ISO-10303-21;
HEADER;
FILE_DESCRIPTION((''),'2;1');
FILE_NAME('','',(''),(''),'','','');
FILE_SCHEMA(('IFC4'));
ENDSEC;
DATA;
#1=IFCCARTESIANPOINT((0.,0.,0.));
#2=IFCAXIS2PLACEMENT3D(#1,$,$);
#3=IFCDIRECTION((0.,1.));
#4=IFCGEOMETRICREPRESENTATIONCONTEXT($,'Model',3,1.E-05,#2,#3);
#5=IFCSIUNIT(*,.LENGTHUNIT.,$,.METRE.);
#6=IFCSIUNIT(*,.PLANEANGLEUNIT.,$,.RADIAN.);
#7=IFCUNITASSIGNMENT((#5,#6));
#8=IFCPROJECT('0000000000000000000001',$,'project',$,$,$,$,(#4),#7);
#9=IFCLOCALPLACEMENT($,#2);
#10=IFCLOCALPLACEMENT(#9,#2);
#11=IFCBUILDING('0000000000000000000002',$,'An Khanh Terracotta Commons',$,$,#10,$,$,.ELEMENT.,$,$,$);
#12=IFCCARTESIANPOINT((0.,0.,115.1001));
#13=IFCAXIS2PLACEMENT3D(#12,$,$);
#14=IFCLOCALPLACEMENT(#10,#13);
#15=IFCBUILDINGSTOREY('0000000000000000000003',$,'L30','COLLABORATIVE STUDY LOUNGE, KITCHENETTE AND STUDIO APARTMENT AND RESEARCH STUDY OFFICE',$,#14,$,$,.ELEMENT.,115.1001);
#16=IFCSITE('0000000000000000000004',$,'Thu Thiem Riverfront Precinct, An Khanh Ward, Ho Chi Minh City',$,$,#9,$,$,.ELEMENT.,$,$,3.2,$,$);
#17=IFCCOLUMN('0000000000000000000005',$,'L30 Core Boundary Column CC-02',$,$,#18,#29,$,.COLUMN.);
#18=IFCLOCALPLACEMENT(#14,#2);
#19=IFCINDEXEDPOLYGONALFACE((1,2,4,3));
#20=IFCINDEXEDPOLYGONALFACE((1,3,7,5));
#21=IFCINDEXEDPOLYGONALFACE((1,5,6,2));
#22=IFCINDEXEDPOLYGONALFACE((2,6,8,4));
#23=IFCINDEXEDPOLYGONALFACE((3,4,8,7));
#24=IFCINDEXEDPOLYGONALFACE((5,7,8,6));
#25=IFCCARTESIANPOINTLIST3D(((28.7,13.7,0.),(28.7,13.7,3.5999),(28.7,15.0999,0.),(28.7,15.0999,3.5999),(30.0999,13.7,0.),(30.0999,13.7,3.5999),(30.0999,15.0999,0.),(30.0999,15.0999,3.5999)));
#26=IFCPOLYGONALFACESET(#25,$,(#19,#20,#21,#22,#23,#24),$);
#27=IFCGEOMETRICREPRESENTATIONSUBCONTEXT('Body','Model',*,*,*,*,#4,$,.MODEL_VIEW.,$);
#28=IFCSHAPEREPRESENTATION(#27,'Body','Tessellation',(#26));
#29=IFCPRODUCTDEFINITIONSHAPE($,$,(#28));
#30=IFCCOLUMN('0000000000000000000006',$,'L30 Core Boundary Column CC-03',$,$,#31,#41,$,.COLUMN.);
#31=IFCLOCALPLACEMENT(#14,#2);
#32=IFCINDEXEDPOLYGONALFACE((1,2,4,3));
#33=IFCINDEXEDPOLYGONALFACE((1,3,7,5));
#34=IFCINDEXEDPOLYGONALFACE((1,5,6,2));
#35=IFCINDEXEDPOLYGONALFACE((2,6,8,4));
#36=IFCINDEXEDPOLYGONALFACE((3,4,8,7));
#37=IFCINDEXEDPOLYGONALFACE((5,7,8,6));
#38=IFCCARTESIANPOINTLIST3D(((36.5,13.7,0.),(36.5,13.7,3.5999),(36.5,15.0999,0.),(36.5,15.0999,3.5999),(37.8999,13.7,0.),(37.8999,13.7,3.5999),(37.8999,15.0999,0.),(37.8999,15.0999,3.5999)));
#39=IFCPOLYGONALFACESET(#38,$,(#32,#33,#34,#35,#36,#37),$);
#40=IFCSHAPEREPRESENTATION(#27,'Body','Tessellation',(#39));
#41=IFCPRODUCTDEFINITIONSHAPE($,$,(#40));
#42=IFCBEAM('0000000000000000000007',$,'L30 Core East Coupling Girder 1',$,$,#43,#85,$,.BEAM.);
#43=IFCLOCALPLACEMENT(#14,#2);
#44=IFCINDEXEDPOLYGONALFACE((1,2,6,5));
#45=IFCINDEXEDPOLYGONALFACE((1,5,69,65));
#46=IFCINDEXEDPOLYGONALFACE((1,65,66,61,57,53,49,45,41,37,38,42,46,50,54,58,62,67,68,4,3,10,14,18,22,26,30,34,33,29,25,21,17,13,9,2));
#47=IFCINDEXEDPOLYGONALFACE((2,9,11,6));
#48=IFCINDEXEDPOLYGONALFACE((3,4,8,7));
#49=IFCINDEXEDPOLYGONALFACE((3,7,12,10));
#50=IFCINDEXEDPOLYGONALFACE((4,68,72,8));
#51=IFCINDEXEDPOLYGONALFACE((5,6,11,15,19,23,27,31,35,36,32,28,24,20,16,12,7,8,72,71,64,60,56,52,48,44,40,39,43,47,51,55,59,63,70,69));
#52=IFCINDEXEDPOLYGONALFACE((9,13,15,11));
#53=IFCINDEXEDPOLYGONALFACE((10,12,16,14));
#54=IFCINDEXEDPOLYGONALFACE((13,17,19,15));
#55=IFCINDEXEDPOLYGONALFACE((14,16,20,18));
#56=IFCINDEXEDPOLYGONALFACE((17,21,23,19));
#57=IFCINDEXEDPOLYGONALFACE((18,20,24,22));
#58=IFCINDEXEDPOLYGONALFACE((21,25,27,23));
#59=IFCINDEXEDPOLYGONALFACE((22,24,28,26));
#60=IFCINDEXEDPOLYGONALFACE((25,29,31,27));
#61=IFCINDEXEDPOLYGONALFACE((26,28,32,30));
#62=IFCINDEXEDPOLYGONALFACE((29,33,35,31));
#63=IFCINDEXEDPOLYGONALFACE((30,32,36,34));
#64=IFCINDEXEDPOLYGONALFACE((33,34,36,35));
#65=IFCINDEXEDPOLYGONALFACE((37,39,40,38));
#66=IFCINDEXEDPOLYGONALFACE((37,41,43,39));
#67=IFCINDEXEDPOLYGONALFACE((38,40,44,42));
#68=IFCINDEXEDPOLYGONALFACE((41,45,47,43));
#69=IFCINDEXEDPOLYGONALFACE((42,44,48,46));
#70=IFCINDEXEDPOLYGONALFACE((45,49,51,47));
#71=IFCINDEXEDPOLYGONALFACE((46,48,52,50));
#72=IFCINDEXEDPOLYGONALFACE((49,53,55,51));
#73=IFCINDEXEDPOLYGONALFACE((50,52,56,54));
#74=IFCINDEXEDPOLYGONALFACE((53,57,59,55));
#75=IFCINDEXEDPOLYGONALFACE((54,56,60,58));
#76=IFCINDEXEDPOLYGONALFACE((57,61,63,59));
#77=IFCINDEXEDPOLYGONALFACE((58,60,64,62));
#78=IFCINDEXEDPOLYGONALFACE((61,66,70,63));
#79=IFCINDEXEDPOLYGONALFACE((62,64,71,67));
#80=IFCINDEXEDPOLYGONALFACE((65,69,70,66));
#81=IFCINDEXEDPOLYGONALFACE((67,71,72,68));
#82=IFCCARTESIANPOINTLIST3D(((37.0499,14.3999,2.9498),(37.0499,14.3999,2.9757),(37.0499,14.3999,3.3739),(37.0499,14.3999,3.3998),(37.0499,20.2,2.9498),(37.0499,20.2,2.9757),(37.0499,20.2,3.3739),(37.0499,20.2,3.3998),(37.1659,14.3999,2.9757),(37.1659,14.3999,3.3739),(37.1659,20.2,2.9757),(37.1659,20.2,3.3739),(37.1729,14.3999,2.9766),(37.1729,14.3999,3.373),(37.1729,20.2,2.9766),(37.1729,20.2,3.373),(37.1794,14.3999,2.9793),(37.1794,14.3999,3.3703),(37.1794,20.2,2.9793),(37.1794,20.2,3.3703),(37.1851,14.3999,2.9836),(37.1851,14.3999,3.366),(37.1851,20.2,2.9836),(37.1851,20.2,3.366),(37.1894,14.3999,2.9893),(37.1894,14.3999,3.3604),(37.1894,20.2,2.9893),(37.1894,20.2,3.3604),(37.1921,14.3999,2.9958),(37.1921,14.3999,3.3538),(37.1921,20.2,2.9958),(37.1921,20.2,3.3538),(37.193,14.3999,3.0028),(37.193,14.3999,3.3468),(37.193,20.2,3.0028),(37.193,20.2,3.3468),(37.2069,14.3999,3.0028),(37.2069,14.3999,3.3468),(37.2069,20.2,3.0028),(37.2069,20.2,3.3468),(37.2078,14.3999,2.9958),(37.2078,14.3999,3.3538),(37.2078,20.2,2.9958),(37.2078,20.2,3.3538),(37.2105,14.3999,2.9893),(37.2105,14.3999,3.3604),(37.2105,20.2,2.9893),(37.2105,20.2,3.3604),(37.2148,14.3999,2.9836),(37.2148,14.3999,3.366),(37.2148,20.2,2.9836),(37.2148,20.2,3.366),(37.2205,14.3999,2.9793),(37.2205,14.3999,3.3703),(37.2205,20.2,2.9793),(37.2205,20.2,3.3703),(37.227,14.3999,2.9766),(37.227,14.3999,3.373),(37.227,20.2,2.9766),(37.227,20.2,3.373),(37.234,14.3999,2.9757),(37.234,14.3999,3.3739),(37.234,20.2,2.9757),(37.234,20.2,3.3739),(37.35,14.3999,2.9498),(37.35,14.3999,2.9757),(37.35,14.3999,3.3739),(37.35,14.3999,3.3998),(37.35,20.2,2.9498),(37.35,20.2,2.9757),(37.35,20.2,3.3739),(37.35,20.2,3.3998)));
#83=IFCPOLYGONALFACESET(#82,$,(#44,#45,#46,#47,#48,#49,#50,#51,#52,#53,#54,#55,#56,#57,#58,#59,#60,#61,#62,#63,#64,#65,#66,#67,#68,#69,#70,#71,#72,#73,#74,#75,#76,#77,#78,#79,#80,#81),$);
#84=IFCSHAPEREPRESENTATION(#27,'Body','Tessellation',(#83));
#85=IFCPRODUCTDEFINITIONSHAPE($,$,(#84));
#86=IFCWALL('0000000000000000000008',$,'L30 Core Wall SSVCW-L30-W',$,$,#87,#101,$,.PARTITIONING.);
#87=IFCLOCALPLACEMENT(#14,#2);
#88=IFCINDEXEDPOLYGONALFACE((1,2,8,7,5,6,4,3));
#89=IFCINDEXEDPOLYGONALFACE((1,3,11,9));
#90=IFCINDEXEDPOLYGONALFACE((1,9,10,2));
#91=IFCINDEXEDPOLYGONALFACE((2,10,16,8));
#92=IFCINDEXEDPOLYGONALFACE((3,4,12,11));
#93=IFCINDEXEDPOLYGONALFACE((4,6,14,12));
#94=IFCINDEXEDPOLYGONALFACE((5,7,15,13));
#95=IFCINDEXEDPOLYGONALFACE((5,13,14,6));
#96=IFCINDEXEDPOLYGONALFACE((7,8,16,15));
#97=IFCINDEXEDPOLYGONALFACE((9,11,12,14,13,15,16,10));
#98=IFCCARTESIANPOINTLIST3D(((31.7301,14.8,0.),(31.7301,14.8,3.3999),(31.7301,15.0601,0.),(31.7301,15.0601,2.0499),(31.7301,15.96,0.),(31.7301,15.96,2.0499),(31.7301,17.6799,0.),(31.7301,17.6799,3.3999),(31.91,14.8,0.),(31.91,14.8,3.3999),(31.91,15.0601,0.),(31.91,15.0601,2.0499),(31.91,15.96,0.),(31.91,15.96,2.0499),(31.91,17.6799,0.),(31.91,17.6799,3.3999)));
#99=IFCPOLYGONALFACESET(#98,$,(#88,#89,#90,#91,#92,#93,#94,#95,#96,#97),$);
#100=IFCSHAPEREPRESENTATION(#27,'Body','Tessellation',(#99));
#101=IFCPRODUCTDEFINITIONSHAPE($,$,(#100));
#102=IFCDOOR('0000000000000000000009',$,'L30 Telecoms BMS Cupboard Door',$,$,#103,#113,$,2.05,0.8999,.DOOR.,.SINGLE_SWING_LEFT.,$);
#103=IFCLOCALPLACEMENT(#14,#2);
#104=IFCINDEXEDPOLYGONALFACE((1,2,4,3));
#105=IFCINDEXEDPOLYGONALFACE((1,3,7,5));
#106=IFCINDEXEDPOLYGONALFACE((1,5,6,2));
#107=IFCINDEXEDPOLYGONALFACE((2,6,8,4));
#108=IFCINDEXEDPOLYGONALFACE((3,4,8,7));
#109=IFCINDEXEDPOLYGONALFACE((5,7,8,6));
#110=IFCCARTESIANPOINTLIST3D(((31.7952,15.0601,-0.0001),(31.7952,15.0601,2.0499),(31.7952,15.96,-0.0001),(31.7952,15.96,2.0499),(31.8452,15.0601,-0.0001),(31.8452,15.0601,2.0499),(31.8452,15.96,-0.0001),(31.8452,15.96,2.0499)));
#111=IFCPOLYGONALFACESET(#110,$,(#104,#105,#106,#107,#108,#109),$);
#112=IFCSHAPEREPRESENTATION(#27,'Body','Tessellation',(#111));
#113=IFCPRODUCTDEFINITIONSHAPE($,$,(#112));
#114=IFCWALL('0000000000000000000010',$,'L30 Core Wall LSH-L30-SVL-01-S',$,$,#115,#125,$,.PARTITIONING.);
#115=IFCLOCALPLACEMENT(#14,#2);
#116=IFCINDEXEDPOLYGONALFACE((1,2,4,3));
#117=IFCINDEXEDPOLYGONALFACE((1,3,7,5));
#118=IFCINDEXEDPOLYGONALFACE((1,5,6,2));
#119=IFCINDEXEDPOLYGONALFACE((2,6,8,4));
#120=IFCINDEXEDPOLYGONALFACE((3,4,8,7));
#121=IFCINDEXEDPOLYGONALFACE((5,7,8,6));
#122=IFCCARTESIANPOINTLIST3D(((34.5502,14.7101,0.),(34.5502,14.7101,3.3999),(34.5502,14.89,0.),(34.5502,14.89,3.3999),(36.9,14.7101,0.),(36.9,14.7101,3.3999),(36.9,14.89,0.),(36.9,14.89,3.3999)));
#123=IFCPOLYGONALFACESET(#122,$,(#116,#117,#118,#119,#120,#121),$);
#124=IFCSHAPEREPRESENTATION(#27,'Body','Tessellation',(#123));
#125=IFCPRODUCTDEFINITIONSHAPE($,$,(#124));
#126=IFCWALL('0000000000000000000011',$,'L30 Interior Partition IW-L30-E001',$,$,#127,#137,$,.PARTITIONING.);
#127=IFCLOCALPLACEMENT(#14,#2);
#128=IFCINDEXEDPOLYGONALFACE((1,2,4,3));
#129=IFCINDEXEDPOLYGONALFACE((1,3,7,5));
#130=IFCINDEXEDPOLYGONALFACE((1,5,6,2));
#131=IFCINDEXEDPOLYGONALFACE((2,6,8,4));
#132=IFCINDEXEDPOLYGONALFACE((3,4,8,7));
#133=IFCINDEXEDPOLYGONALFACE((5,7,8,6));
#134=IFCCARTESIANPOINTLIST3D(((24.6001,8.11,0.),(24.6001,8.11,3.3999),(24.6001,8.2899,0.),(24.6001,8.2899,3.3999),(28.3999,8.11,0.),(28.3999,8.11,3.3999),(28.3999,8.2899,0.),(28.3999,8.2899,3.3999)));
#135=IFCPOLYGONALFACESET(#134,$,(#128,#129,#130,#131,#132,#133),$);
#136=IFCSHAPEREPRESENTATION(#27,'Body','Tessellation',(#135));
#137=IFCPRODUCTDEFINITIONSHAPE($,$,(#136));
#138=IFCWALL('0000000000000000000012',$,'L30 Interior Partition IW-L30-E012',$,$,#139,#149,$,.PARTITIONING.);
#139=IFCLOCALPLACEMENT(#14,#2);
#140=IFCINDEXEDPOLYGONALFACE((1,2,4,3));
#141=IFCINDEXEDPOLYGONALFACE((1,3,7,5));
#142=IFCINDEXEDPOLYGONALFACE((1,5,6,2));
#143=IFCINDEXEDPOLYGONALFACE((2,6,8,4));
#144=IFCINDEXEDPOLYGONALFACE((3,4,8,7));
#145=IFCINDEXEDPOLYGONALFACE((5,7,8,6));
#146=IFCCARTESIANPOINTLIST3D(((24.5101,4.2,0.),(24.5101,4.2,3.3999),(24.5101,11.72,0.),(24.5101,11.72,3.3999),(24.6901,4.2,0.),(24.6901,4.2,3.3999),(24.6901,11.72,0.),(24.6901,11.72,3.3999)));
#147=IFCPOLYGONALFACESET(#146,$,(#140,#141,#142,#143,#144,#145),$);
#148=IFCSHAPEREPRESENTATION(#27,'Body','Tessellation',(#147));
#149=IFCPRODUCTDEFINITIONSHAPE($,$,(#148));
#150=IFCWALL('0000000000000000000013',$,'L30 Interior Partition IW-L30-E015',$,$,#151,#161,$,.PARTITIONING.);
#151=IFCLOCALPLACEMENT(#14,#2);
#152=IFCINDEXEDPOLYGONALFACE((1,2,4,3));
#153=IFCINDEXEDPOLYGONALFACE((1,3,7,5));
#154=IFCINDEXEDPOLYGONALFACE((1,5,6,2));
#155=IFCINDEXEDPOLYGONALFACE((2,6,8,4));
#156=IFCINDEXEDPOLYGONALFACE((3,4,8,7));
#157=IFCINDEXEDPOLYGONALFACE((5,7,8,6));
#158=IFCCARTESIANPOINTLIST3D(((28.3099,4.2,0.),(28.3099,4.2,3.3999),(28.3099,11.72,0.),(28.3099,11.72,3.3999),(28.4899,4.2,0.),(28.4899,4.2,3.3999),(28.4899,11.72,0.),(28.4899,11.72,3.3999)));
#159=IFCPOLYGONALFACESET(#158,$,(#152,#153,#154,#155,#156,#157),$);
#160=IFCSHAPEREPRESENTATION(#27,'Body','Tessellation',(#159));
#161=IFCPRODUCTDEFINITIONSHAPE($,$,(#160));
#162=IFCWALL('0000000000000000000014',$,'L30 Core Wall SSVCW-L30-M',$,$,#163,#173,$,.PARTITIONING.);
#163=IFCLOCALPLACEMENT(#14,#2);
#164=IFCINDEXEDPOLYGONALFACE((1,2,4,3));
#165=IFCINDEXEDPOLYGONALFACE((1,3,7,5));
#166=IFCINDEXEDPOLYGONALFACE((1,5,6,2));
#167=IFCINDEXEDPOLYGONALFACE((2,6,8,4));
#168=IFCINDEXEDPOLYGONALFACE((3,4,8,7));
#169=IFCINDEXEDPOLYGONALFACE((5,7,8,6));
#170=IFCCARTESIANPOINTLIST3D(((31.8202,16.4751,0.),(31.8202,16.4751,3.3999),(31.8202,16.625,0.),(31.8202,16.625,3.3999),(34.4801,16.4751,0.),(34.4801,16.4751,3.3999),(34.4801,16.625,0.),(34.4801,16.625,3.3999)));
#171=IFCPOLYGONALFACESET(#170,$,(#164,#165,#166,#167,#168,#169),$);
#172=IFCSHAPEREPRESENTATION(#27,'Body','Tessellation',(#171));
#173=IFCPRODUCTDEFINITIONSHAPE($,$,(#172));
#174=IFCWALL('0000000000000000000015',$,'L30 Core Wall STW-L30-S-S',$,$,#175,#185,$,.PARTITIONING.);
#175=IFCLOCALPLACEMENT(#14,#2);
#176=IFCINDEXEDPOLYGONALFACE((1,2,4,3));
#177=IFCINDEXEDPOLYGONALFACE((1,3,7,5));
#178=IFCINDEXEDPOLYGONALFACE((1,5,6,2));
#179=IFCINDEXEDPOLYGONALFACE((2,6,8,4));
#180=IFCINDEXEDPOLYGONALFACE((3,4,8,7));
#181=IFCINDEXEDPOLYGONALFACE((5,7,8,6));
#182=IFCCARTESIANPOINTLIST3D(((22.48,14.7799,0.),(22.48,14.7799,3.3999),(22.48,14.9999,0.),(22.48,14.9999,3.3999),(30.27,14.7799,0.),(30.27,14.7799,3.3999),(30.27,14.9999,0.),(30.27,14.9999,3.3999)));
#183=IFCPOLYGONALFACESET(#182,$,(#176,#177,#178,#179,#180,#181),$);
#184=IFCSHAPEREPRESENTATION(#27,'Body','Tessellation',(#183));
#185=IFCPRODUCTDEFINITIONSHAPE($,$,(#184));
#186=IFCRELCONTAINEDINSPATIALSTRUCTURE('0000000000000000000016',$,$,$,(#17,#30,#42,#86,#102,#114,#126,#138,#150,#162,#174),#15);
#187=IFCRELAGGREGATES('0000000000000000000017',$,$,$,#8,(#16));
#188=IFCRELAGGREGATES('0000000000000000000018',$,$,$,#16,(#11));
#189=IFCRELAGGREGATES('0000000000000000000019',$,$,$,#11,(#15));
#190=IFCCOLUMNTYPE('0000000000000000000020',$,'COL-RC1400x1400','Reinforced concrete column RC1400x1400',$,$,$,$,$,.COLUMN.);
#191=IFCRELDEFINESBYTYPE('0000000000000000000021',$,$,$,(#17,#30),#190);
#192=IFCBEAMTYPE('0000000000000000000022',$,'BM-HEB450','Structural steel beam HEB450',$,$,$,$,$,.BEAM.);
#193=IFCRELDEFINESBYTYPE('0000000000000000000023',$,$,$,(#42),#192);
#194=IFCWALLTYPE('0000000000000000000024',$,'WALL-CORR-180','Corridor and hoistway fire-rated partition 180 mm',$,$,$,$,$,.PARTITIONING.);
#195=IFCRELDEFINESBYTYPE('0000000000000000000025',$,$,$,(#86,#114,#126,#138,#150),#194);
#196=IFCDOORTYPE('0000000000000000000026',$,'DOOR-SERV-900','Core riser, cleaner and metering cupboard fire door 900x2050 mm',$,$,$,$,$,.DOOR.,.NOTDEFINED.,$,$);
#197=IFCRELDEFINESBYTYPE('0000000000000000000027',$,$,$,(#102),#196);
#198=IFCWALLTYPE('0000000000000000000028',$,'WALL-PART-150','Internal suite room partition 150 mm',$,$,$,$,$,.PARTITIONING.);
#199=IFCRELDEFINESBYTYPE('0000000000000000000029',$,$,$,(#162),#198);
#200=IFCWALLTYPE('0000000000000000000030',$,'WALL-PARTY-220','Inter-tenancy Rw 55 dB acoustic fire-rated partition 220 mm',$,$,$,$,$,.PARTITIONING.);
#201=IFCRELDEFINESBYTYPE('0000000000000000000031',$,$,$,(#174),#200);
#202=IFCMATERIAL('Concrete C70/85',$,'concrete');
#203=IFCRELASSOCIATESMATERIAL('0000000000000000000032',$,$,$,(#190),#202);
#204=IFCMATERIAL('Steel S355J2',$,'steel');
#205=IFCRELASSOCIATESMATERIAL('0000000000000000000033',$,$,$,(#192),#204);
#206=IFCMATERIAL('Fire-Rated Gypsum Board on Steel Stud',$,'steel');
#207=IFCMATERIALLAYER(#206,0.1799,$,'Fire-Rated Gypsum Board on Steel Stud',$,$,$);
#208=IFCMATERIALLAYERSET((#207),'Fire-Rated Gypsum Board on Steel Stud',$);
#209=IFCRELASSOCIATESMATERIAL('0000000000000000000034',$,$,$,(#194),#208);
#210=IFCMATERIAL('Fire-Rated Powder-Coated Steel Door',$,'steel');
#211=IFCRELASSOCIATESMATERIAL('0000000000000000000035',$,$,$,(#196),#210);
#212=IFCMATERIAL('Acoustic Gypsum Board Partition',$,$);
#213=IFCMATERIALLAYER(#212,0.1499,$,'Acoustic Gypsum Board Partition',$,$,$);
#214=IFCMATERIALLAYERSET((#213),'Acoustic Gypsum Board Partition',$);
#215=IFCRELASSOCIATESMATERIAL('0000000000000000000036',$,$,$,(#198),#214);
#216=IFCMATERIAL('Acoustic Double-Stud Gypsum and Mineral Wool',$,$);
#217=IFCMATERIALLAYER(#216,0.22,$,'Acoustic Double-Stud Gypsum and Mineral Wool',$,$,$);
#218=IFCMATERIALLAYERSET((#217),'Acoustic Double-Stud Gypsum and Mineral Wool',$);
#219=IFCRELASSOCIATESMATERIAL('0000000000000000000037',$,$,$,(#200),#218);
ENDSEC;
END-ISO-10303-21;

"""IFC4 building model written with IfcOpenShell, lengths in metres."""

from ifc_helpers import new_model, si_unit, direction, frame, frame_2d, origin, origin_2d, place, context, subcontext, project, spatial, rectangle, i_section, extrude, material, layer, layer_set, material_profile, profile_set, type_object, element, fill, save


model = new_model("IFC4")

# Units and contexts
model_context = context("Model", 3, precision=1e-05, world=origin(), true_north=direction((0.0, 1.0)))
body_context = subcontext(model_context, "Body", "Model", "MODEL_VIEW")
ifc_project = project(units=[si_unit("LENGTHUNIT", "METRE"), si_unit("PLANEANGLEUNIT", "RADIAN")], contexts=[model_context])

# Site, building, storey
site_placement = place(None, origin())
site = spatial("IfcSite", under=ifc_project, at=site_placement, Name="Thu Thiem Riverfront Precinct, An Khanh Ward, Ho Chi Minh City", CompositionType="ELEMENT", RefElevation=3.2)
building_placement = place(site_placement, origin())
building = spatial("IfcBuilding", under=site, at=building_placement, Name="An Khanh Terracotta Commons", CompositionType="ELEMENT")
storey_placement = place(building_placement, frame((0.0, 0.0, 115.1001)))
storey = spatial("IfcBuildingStorey", under=building, at=storey_placement, Name="L30", Description="COLLABORATIVE STUDY LOUNGE, KITCHENETTE AND STUDIO APARTMENT AND RESEARCH STUDY OFFICE", CompositionType="ELEMENT", Elevation=115.1001)

# Columns
ifc_material_1 = material(Name="Concrete C70/85", Category="concrete")
ifc_material_profile_1 = material_profile(ifc_material_1, rectangle(XDim=1.3999, YDim=1.3999, at=origin_2d()), Name="RC1400x1400")
ifc_profile_set_1 = profile_set([ifc_material_profile_1], Name="Concrete C70/85")
column_type = type_object("IfcColumnType", Name="COL-RC1400x1400", Description="Reinforced concrete column RC1400x1400", PredefinedType="COLUMN", material=ifc_profile_set_1)
for number, where, z_axis, x_axis, name in (
    (1, (29.3999, 14.3999, 0.0), (0.0, 0.0, 1.0), (1.0, 0.0, 0.0), "L30 Core Boundary Column CC-02"),
    (2, (37.2, 14.3999, 0.0), (0.0, 0.0, 1.0), (1.0, 0.0, 0.0), "L30 Core Boundary Column CC-03"),
):
    element("IfcColumn", number, at=place(storey_placement, frame(where, z_axis=z_axis, x_axis=x_axis)), inside=storey, type_object=column_type, Name=name, PredefinedType="COLUMN", context=body_context, shape_type="SweptSolid", body=[
        extrude(rectangle(XDim=1.3999, YDim=1.3999, at=origin_2d()), origin(), (0.0, 0.0, 1.0), 3.5999),
    ])

# Beam
ifc_material_2 = material(Name="Steel S355J2", Category="steel")
ifc_material_profile_2 = material_profile(ifc_material_2, i_section(OverallWidth=0.3, OverallDepth=0.45, WebThickness=0.0139, FlangeThickness=0.0259, FilletRadius=0.0271, at=origin_2d()), Name="HEB450")
ifc_profile_set_2 = profile_set([ifc_material_profile_2], Name="Steel S355J2")
beam_type = type_object("IfcBeamType", Name="BM-HEB450", Description="Structural steel beam HEB450", PredefinedType="BEAM", material=ifc_profile_set_2)
beam_placement = place(storey_placement, frame((37.2, 14.3999, 3.1748), z_axis=(0.0, 1.0, 0.0), x_axis=(-1.0, 0.0, 0.0)))
element("IfcBeam", 3, at=beam_placement, inside=storey, type_object=beam_type, Name="L30 Core East Coupling Girder 1", PredefinedType="BEAM", context=body_context, shape_type="SweptSolid", body=[
    extrude(i_section(OverallWidth=0.3, OverallDepth=0.45, WebThickness=0.0139, FlangeThickness=0.0259, FilletRadius=0.0271, at=origin_2d()), origin(), (0.0, 0.0, 1.0), 5.8),
])

# Wall, opening, door
ifc_material_3 = material(Name="Fire-Rated Gypsum Board on Steel Stud", Category="steel")
ifc_layer_1 = layer(ifc_material_3, 0.1799, Name="Fire-Rated Gypsum Board on Steel Stud")
ifc_layer_set_1 = layer_set([ifc_layer_1], Name="Fire-Rated Gypsum Board on Steel Stud")
wall_type_1 = type_object("IfcWallType", Name="WALL-CORR-180", Description="Corridor and hoistway fire-rated partition 180 mm", PredefinedType="PARTITIONING", material=ifc_layer_set_1)
wall_1_placement = place(storey_placement, frame((31.8201, 14.8, 0.0), z_axis=(0.0, 0.0, 1.0), x_axis=(0.0, 1.0, 0.0)))
wall_1 = element("IfcWall", 4, at=wall_1_placement, inside=storey, type_object=wall_type_1, Name="L30 Core Wall SSVCW-L30-W", PredefinedType="PARTITIONING", context=body_context, shape_type="SweptSolid", body=[
    extrude(rectangle(XDim=2.8799, YDim=0.1799, at=frame_2d((1.4399, 0.0))), origin(), (0.0, 0.0, 1.0), 3.3999),
])
opening_1_placement = place(wall_1_placement, frame((0.26, 0.0, 0.0)))
opening_1 = element("IfcOpeningElement", 5, at=opening_1_placement, cuts=wall_1, PredefinedType="OPENING", context=body_context, shape_type="SweptSolid", body=[
    extrude(rectangle(XDim=0.8999, YDim=2.05, at=frame_2d((0.45, 1.0249))), frame((0.0, 0.0999, 0.0), z_axis=(0.0, -1.0, 0.0), x_axis=(1.0, 0.0, 0.0)), (0.0, 0.0, 1.0), 0.2),
])
ifc_material_4 = material(Name="Fire-Rated Powder-Coated Steel Door", Category="steel")
door_type_1 = type_object("IfcDoorType", Name="DOOR-SERV-900", Description="Core riser, cleaner and metering cupboard fire door 900x2050 mm", OperationType="NOTDEFINED", PredefinedType="DOOR", material=ifc_material_4)
door_1_placement = place(opening_1_placement, origin())
door_1 = element("IfcDoor", 6, at=door_1_placement, inside=storey, type_object=door_type_1, Name="L30 Telecoms BMS Cupboard Door", OperationType="SINGLE_SWING_LEFT", OverallHeight=2.05, OverallWidth=0.8999, PredefinedType="DOOR", context=body_context, shape_type="SweptSolid", body=[
    extrude(rectangle(XDim=0.8999, YDim=2.05, at=frame_2d((0.45, 1.0249))), frame((0.0, 0.0249, 0.0), z_axis=(0.0, -1.0, 0.0), x_axis=(1.0, 0.0, 0.0)), (0.0, 0.0, 1.0), 0.05),
])
fill(opening_1, door_1)

# Walls
wall_2_placement = place(storey_placement, frame((36.8999, 14.8, 0.0), z_axis=(0.0, 0.0, 1.0), x_axis=(-1.0, 0.0, 0.0)))
element("IfcWall", 7, at=wall_2_placement, inside=storey, type_object=wall_type_1, Name="L30 Core Wall LSH-L30-SVL-01-S", PredefinedType="PARTITIONING", context=body_context, shape_type="SweptSolid", body=[
    extrude(rectangle(XDim=2.3499, YDim=0.1799, at=frame_2d((1.1748, 0.0))), origin(), (0.0, 0.0, 1.0), 3.3999),
])
wall_3_placement = place(storey_placement, frame((24.6001, 8.2, 0.0), z_axis=(0.0, 0.0, 1.0), x_axis=(1.0, 0.0, 0.0)))
element("IfcWall", 8, at=wall_3_placement, inside=storey, type_object=wall_type_1, Name="L30 Interior Partition IW-L30-E001", PredefinedType="PARTITIONING", context=body_context, shape_type="SweptSolid", body=[
    extrude(rectangle(XDim=3.7998, YDim=0.1799, at=frame_2d((1.8999, 0.0))), origin(), (0.0, 0.0, 1.0), 3.3999),
])
for number, where, z_axis, x_axis, name in (
    (9, (24.6001, 4.2, 0.0), (0.0, 0.0, 1.0), (0.0, 1.0, 0.0), "L30 Interior Partition IW-L30-E012"),
    (10, (28.3999, 4.2, 0.0), (0.0, 0.0, 1.0), (0.0, 1.0, 0.0), "L30 Interior Partition IW-L30-E015"),
):
    element("IfcWall", number, at=place(storey_placement, frame(where, z_axis=z_axis, x_axis=x_axis)), inside=storey, type_object=wall_type_1, Name=name, PredefinedType="PARTITIONING", context=body_context, shape_type="SweptSolid", body=[
        extrude(rectangle(XDim=7.52, YDim=0.1799, at=frame_2d((3.76, 0.0))), origin(), (0.0, 0.0, 1.0), 3.3999),
    ])
ifc_material_5 = material(Name="Acoustic Gypsum Board Partition")
ifc_layer_2 = layer(ifc_material_5, 0.1499, Name="Acoustic Gypsum Board Partition")
ifc_layer_set_2 = layer_set([ifc_layer_2], Name="Acoustic Gypsum Board Partition")
wall_type_2 = type_object("IfcWallType", Name="WALL-PART-150", Description="Internal suite room partition 150 mm", PredefinedType="PARTITIONING", material=ifc_layer_set_2)
wall_4_placement = place(storey_placement, frame((31.8201, 16.55, 0.0), z_axis=(0.0, 0.0, 1.0), x_axis=(1.0, 0.0, 0.0)))
element("IfcWall", 11, at=wall_4_placement, inside=storey, type_object=wall_type_2, Name="L30 Core Wall SSVCW-L30-M", PredefinedType="PARTITIONING", context=body_context, shape_type="SweptSolid", body=[
    extrude(rectangle(XDim=2.6599, YDim=0.1499, at=frame_2d((1.3301, 0.0))), origin(), (0.0, 0.0, 1.0), 3.3999),
])
ifc_material_6 = material(Name="Acoustic Double-Stud Gypsum and Mineral Wool")
ifc_layer_3 = layer(ifc_material_6, 0.22, Name="Acoustic Double-Stud Gypsum and Mineral Wool")
ifc_layer_set_3 = layer_set([ifc_layer_3], Name="Acoustic Double-Stud Gypsum and Mineral Wool")
wall_type_3 = type_object("IfcWallType", Name="WALL-PARTY-220", Description="Inter-tenancy Rw 55 dB acoustic fire-rated partition 220 mm", PredefinedType="PARTITIONING", material=ifc_layer_set_3)
wall_5_placement = place(storey_placement, frame((22.48, 14.8899, 0.0), z_axis=(0.0, 0.0, 1.0), x_axis=(1.0, 0.0, 0.0)))
element("IfcWall", 12, at=wall_5_placement, inside=storey, type_object=wall_type_3, Name="L30 Core Wall STW-L30-S-S", PredefinedType="PARTITIONING", context=body_context, shape_type="SweptSolid", body=[
    extrude(rectangle(XDim=7.79, YDim=0.22, at=frame_2d((3.895, 0.0))), origin(), (0.0, 0.0, 1.0), 3.3999),
])

save(model, "model.ifc")
